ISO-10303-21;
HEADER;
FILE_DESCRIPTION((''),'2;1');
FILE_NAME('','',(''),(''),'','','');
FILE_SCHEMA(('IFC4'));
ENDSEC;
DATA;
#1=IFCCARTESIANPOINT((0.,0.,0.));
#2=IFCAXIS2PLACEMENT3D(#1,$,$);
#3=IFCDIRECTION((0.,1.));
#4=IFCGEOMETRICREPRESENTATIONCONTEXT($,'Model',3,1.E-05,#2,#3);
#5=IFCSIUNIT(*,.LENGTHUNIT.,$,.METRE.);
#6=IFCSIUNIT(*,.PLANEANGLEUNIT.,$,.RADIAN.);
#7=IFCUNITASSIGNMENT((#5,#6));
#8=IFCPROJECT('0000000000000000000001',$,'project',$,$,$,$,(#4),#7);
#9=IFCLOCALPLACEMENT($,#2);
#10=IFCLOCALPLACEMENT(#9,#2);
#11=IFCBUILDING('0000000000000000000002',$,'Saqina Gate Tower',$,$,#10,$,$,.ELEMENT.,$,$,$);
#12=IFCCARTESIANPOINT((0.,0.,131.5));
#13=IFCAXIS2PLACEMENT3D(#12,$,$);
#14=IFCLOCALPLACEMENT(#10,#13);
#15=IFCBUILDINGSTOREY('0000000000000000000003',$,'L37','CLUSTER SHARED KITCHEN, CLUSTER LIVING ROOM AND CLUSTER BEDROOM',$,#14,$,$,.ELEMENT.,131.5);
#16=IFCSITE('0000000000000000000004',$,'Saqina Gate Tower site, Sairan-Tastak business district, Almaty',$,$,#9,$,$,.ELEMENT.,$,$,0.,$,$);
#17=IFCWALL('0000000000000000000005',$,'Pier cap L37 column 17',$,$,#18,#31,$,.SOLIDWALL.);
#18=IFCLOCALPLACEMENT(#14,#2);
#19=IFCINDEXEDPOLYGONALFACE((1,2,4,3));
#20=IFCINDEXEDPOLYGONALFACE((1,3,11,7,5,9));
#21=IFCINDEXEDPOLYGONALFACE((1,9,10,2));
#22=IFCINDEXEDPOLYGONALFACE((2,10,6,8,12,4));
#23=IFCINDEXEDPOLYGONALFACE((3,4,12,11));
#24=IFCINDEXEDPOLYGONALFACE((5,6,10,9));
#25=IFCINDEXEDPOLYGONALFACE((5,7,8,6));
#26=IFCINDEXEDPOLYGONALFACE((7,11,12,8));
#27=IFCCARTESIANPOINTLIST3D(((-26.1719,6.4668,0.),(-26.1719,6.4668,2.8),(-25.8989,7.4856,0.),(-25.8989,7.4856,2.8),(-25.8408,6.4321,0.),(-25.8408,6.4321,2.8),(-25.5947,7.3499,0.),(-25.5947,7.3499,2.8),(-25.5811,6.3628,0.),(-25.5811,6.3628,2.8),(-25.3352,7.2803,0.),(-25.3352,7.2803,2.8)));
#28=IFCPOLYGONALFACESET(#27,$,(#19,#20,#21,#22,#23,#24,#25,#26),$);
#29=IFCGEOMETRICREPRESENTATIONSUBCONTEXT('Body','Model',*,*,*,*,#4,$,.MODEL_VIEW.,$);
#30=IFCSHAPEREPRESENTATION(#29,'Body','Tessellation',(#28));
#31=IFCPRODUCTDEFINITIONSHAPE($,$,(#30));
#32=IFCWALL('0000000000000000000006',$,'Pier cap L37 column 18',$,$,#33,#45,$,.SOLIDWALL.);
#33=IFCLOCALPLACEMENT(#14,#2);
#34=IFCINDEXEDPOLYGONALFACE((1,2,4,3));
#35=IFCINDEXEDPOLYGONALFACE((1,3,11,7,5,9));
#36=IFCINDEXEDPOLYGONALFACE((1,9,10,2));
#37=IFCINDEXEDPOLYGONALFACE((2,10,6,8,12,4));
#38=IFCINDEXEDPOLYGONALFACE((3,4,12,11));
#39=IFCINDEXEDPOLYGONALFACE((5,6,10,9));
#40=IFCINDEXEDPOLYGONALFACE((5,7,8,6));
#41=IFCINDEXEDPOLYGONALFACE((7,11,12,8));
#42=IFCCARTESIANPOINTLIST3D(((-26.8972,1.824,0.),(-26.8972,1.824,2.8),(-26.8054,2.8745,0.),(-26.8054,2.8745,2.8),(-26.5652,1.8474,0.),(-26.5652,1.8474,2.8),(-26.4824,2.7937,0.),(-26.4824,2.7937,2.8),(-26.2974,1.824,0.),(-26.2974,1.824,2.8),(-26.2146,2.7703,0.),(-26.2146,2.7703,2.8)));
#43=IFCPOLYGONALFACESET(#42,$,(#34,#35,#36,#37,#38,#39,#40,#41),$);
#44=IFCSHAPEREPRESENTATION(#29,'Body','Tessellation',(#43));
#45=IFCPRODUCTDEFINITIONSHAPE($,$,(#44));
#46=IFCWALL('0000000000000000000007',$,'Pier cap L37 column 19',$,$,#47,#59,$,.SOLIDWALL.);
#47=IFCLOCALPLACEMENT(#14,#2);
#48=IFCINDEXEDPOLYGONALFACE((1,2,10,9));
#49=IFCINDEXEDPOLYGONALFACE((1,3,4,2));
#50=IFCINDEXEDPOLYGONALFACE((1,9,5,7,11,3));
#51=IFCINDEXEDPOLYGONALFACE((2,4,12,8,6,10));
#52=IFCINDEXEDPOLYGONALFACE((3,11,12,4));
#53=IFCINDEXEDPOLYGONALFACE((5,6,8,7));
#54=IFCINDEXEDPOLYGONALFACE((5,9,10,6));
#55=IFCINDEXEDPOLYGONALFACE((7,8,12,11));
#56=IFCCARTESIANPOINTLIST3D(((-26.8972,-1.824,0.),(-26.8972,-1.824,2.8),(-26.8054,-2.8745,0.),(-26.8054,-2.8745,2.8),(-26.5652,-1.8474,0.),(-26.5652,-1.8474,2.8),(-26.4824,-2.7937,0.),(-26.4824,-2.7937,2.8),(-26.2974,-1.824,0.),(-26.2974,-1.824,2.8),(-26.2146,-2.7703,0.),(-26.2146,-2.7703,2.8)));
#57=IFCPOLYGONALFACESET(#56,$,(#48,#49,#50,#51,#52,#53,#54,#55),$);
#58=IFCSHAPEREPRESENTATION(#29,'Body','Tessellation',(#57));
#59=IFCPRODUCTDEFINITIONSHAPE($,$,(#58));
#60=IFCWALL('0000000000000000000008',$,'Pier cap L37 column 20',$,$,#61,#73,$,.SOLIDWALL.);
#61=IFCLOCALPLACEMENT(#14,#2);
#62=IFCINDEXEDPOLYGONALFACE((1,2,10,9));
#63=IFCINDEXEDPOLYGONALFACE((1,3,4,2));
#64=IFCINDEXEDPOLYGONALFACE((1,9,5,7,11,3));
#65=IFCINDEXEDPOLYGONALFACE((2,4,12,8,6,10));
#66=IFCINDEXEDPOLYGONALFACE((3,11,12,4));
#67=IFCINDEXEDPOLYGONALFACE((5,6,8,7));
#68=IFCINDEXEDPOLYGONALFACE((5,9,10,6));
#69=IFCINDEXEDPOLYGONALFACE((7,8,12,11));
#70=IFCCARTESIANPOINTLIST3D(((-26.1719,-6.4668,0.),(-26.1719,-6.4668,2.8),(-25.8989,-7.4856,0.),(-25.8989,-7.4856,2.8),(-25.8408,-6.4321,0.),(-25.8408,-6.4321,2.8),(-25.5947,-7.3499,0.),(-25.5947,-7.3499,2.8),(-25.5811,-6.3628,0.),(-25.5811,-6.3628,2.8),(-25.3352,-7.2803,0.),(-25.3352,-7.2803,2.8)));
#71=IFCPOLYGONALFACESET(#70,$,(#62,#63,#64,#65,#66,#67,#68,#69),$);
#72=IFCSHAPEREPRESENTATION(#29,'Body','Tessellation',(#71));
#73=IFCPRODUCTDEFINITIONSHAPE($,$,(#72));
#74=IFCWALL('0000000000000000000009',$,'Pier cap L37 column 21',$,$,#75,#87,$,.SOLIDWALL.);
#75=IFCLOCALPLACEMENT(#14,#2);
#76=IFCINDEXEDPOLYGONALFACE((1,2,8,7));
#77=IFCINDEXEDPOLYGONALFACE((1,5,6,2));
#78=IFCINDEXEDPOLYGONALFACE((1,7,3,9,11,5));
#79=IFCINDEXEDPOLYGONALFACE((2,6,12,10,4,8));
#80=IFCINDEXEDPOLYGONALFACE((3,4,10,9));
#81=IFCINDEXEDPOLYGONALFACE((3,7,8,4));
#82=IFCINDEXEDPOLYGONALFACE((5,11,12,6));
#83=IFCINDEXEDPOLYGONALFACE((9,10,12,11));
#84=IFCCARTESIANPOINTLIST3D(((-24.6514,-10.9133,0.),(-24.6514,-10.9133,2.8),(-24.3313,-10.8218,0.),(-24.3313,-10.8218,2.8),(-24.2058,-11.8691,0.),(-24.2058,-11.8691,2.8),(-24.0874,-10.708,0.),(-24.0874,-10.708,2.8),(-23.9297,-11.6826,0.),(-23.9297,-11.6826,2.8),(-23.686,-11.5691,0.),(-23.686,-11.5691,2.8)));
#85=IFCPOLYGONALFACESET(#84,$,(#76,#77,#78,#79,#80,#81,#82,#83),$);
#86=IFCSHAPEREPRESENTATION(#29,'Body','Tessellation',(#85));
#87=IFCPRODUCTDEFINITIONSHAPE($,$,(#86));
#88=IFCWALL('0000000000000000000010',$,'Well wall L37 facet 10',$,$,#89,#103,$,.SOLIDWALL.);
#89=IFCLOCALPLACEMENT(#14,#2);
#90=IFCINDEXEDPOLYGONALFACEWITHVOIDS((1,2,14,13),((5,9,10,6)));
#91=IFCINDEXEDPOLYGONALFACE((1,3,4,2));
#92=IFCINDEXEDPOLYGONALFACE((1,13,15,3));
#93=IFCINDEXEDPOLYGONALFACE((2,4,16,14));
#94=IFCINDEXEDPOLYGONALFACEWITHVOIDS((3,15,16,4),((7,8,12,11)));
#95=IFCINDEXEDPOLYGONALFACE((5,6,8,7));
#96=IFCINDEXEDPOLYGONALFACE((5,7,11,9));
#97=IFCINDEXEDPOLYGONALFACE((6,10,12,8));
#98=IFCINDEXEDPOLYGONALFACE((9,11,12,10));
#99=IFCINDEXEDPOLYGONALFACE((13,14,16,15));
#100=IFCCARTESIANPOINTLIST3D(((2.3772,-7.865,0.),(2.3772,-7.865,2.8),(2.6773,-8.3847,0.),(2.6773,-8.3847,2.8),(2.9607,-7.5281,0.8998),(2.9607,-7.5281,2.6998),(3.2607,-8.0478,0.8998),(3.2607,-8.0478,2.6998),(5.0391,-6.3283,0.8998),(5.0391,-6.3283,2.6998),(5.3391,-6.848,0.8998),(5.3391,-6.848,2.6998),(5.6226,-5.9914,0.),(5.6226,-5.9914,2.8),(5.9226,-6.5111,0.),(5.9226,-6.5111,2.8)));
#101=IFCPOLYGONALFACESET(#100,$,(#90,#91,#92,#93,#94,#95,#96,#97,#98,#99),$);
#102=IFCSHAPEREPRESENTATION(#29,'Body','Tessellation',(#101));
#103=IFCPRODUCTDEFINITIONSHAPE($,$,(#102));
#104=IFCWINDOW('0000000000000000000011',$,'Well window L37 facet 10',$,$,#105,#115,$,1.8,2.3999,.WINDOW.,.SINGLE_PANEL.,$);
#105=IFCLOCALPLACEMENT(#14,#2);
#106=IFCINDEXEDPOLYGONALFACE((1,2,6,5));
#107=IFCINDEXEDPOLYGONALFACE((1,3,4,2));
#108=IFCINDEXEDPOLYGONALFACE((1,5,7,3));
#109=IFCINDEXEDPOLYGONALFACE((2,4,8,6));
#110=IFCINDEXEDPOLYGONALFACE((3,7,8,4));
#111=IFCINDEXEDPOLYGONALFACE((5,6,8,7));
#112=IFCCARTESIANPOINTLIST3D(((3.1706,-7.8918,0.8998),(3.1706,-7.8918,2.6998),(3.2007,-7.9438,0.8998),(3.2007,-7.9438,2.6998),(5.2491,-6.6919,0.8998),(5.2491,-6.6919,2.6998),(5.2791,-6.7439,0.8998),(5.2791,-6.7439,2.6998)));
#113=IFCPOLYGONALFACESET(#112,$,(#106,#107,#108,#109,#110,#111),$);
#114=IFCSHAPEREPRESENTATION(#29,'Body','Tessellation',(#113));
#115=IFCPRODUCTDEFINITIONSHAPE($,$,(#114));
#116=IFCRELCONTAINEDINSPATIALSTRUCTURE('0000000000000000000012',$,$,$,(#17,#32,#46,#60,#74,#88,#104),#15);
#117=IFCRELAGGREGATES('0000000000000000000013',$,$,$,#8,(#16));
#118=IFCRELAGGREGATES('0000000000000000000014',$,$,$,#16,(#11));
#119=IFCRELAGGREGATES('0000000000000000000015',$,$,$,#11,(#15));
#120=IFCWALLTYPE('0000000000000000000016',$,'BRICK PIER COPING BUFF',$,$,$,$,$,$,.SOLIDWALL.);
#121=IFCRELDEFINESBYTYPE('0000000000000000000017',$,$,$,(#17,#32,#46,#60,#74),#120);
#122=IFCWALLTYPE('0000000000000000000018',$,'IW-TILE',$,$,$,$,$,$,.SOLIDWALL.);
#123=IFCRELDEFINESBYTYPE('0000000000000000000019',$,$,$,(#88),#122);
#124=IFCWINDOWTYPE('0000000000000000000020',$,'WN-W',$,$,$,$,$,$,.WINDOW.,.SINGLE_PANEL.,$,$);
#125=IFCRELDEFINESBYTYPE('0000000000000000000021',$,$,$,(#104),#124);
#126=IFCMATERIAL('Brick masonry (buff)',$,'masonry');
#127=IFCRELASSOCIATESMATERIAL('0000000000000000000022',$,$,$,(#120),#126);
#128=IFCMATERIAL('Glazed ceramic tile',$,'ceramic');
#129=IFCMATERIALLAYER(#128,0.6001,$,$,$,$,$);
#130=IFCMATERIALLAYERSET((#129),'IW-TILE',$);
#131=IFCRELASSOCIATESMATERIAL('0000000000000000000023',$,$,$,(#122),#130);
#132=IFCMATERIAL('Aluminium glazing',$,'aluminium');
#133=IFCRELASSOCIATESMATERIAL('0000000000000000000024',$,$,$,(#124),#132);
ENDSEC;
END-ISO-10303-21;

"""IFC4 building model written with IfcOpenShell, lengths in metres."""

from ifc_helpers import new_model, si_unit, direction, frame, frame_2d, origin, place, context, subcontext, project, spatial, polyline, rectangle, outline, extrude, material, layer, layer_set, type_object, element, fill, save


model = new_model("IFC4")

# Units and contexts
model_context = context("Model", 3, precision=1e-05, world=origin(), true_north=direction((0.0, 1.0)))
body_context = subcontext(model_context, "Body", "Model", "MODEL_VIEW")
ifc_project = project(units=[si_unit("LENGTHUNIT", "METRE"), si_unit("PLANEANGLEUNIT", "RADIAN")], contexts=[model_context])

# Site, building, storey
site_placement = place(None, origin())
site = spatial("IfcSite", under=ifc_project, at=site_placement, Name="Saqina Gate Tower site, Sairan-Tastak business district, Almaty", CompositionType="ELEMENT", RefElevation=0.0)
building_placement = place(site_placement, origin())
building = spatial("IfcBuilding", under=site, at=building_placement, Name="Saqina Gate Tower", CompositionType="ELEMENT")
storey_placement = place(building_placement, frame((0.0, 0.0, 131.5)))
storey = spatial("IfcBuildingStorey", under=building, at=storey_placement, Name="L37", Description="CLUSTER SHARED KITCHEN, CLUSTER LIVING ROOM AND CLUSTER BEDROOM", CompositionType="ELEMENT", Elevation=131.5)

# Walls
ifc_material_1 = material(Name="Brick masonry (buff)", Category="masonry")
wall_type_1 = type_object("IfcWallType", Name="BRICK PIER COPING BUFF", PredefinedType="SOLIDWALL", material=ifc_material_1)
wall_1_placement = place(storey_placement, origin())
element("IfcWall", 1, at=wall_1_placement, inside=storey, type_object=wall_type_1, Name="Pier cap L37 column 17", PredefinedType="SOLIDWALL", context=body_context, shape_type="SweptSolid", body=[
    extrude(outline(polyline([(-25.8989, 7.4856), (-26.1719, 6.4668), (-25.5811, 6.3628), (-25.8408, 6.4321), (-25.5947, 7.3499), (-25.3352, 7.2803), (-25.8989, 7.4856)])), origin(), (0.0, 0.0, 1.0), 2.8),
])
wall_2_placement = place(storey_placement, origin())
element("IfcWall", 2, at=wall_2_placement, inside=storey, type_object=wall_type_1, Name="Pier cap L37 column 18", PredefinedType="SOLIDWALL", context=body_context, shape_type="SweptSolid", body=[
    extrude(outline(polyline([(-26.8054, 2.8745), (-26.8972, 1.824), (-26.2974, 1.824), (-26.5652, 1.8474), (-26.4824, 2.7937), (-26.2146, 2.7703), (-26.8054, 2.8745)])), origin(), (0.0, 0.0, 1.0), 2.8),
])
wall_3_placement = place(storey_placement, origin())
element("IfcWall", 3, at=wall_3_placement, inside=storey, type_object=wall_type_1, Name="Pier cap L37 column 19", PredefinedType="SOLIDWALL", context=body_context, shape_type="SweptSolid", body=[
    extrude(outline(polyline([(-26.8054, -2.8745), (-26.2146, -2.7703), (-26.4824, -2.7937), (-26.5652, -1.8474), (-26.2974, -1.824), (-26.8972, -1.824), (-26.8054, -2.8745)])), origin(), (0.0, 0.0, 1.0), 2.8),
])
wall_4_placement = place(storey_placement, origin())
element("IfcWall", 4, at=wall_4_placement, inside=storey, type_object=wall_type_1, Name="Pier cap L37 column 20", PredefinedType="SOLIDWALL", context=body_context, shape_type="SweptSolid", body=[
    extrude(outline(polyline([(-26.1719, -6.4668), (-25.8989, -7.4856), (-25.3352, -7.2803), (-25.5947, -7.3499), (-25.8408, -6.4321), (-25.5811, -6.3628), (-26.1719, -6.4668)])), origin(), (0.0, 0.0, 1.0), 2.8),
])
wall_5_placement = place(storey_placement, origin())
element("IfcWall", 5, at=wall_5_placement, inside=storey, type_object=wall_type_1, Name="Pier cap L37 column 21", PredefinedType="SOLIDWALL", context=body_context, shape_type="SweptSolid", body=[
    extrude(outline(polyline([(-24.6514, -10.9133), (-24.2058, -11.8691), (-23.686, -11.5691), (-23.9297, -11.6826), (-24.3313, -10.8218), (-24.0874, -10.708), (-24.6514, -10.9133)])), origin(), (0.0, 0.0, 1.0), 2.8),
])

# Wall, opening, window
ifc_material_2 = material(Name="Glazed ceramic tile", Category="ceramic")
ifc_layer_1 = layer(ifc_material_2, 0.6001)
ifc_layer_set_1 = layer_set([ifc_layer_1], Name="IW-TILE")
wall_type_2 = type_object("IfcWallType", Name="IW-TILE", PredefinedType="SOLIDWALL", material=ifc_layer_set_1)
wall_6_placement = place(storey_placement, frame((2.5273, -8.1248, 0.0), z_axis=(0.0, 0.0, 1.0), x_axis=(0.866046, 0.499965, 0.0)))
wall_6 = element("IfcWall", 6, at=wall_6_placement, inside=storey, type_object=wall_type_2, Name="Well wall L37 facet 10", PredefinedType="SOLIDWALL", context=body_context, shape_type="SweptSolid", body=[
    extrude(rectangle(XDim=3.7473, YDim=0.6001, at=frame_2d((1.8735, 0.0))), origin(), (0.0, 0.0, 1.0), 2.8),
])
opening_placement = place(wall_6_placement, frame((0.6736, 0.0, 0.8999)))
opening = element("IfcOpeningElement", 7, at=opening_placement, cuts=wall_6, PredefinedType="OPENING", context=body_context, shape_type="SweptSolid", body=[
    extrude(rectangle(XDim=2.3999, YDim=1.8, at=frame_2d((1.2, 0.8999))), frame((0.0, 0.312, 0.0), z_axis=(0.0, -1.0, 0.0), x_axis=(1.0, 0.0, 0.0)), (0.0, 0.0, 1.0), 0.624),
])
ifc_material_3 = material(Name="Aluminium glazing", Category="aluminium")
window_type = type_object("IfcWindowType", Name="WN-W", PartitioningType="SINGLE_PANEL", PredefinedType="WINDOW", material=ifc_material_3)
window_placement = place(opening_placement, origin())
window = element("IfcWindow", 8, at=window_placement, inside=storey, type_object=window_type, Name="Well window L37 facet 10", OverallHeight=1.8, OverallWidth=2.3999, PartitioningType="SINGLE_PANEL", PredefinedType="WINDOW", context=body_context, shape_type="SweptSolid", body=[
    extrude(rectangle(XDim=2.3999, YDim=1.8, at=frame_2d((1.2, 0.8999))), frame((0.0, -0.1199, 0.0), z_axis=(0.0, -1.0, 0.0), x_axis=(1.0, 0.0, 0.0)), (0.0, 0.0, 1.0), 0.0601),
])
fill(opening, window)

save(model, "model.ifc")
